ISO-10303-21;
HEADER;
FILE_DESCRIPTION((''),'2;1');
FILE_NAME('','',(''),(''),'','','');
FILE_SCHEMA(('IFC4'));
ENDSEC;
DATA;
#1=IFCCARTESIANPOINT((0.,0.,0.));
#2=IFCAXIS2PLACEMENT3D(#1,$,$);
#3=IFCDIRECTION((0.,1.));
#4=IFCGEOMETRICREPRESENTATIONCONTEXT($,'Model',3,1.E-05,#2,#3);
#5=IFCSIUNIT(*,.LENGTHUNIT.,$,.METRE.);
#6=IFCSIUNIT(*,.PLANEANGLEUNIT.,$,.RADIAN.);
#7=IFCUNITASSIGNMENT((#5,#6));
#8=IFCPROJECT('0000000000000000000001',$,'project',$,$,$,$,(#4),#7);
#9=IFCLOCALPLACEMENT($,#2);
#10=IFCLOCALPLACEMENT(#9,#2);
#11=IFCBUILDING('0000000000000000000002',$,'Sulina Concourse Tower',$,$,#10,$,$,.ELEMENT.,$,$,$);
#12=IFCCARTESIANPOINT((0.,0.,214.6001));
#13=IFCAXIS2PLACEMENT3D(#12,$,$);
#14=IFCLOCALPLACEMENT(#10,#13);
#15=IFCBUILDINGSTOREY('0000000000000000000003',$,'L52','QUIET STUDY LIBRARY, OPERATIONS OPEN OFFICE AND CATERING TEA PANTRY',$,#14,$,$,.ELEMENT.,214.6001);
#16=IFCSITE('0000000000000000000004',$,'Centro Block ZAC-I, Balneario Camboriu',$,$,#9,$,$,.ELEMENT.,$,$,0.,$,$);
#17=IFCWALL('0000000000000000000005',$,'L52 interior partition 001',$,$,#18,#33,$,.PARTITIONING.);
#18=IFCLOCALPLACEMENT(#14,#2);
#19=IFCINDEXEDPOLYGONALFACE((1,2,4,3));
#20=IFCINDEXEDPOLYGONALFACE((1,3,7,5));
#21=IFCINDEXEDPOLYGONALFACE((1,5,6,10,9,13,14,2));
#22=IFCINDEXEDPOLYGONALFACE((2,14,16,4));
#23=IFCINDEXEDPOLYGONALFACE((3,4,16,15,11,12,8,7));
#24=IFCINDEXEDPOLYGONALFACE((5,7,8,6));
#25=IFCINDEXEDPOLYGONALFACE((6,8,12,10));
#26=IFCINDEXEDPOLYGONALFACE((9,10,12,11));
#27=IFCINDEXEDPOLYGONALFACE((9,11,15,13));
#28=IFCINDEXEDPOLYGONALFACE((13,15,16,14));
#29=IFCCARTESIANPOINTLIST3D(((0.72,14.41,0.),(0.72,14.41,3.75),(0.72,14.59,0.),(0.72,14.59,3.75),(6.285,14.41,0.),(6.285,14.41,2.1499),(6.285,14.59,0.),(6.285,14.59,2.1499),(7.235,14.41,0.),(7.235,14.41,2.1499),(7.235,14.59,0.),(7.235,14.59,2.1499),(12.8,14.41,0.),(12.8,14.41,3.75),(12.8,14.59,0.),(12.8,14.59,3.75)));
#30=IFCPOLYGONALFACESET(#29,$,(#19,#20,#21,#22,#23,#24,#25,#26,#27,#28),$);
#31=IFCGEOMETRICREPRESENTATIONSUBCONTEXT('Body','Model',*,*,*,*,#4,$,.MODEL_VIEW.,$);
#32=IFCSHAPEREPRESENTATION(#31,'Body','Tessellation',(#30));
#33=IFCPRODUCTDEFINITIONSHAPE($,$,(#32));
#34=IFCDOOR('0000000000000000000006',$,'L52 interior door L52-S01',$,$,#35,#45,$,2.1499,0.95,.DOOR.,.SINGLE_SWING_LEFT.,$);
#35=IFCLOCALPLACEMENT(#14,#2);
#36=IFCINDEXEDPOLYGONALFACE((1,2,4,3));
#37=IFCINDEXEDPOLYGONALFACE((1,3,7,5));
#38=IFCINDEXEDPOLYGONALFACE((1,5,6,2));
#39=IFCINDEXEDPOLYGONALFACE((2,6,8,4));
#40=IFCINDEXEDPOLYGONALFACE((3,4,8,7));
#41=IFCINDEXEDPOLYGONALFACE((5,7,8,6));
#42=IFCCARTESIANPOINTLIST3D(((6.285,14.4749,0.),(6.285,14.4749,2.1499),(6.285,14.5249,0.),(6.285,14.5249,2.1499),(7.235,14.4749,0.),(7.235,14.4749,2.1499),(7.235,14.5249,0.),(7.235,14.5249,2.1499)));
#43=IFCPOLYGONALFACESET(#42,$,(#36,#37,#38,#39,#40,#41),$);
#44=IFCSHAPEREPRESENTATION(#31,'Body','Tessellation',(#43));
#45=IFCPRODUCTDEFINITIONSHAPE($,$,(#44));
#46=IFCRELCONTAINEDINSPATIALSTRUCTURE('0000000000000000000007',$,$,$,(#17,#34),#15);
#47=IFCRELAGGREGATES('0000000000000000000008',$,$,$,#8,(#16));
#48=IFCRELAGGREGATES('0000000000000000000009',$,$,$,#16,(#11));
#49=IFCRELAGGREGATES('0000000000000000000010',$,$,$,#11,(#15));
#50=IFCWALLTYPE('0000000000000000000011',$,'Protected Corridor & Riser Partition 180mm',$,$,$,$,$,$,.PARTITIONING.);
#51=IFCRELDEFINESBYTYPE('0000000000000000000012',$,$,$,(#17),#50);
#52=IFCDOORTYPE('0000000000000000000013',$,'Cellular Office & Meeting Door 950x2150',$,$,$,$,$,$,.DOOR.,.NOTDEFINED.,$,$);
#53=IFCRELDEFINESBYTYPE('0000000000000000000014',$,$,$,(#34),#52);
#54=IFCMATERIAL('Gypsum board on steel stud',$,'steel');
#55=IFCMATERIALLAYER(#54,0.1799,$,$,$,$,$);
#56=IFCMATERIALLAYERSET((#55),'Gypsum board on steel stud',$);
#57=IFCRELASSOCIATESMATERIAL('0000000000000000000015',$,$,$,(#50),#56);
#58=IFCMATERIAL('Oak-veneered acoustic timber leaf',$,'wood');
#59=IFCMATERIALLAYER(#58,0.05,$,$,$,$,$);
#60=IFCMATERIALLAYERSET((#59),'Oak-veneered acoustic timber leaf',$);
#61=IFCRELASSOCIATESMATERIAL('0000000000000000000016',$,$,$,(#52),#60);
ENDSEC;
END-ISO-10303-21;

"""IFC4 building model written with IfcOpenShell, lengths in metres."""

from ifc_helpers import new_model, si_unit, direction, frame, frame_2d, origin, place, context, subcontext, project, spatial, rectangle, extrude, material, layer, layer_set, type_object, element, fill, save


model = new_model("IFC4")

# Units and contexts
model_context = context("Model", 3, precision=1e-05, world=origin(), true_north=direction((0.0, 1.0)))
body_context = subcontext(model_context, "Body", "Model", "MODEL_VIEW")
ifc_project = project(units=[si_unit("LENGTHUNIT", "METRE"), si_unit("PLANEANGLEUNIT", "RADIAN")], contexts=[model_context])

# Site, building, storey
site_placement = place(None, origin())
site = spatial("IfcSite", under=ifc_project, at=site_placement, Name="Centro Block ZAC-I, Balneario Camboriu", CompositionType="ELEMENT", RefElevation=0.0)
building_placement = place(site_placement, origin())
building = spatial("IfcBuilding", under=site, at=building_placement, Name="Sulina Concourse Tower", CompositionType="ELEMENT")
storey_placement = place(building_placement, frame((0.0, 0.0, 214.6001)))
storey = spatial("IfcBuildingStorey", under=building, at=storey_placement, Name="L52", Description="QUIET STUDY LIBRARY, OPERATIONS OPEN OFFICE AND CATERING TEA PANTRY", CompositionType="ELEMENT", Elevation=214.6001)

# Wall, opening, door
ifc_material_1 = material(Name="Gypsum board on steel stud", Category="steel")
ifc_layer_1 = layer(ifc_material_1, 0.1799)
ifc_layer_set_1 = layer_set([ifc_layer_1], Name="Gypsum board on steel stud")
wall_type_1 = type_object("IfcWallType", Name="Protected Corridor & Riser Partition 180mm", PredefinedType="PARTITIONING", material=ifc_layer_set_1)
wall_1_placement = place(storey_placement, frame((0.72, 14.5, 0.0), z_axis=(0.0, 0.0, 1.0), x_axis=(1.0, 0.0, 0.0)))
wall_1 = element("IfcWall", 1, at=wall_1_placement, inside=storey, type_object=wall_type_1, Name="L52 interior partition 001", PredefinedType="PARTITIONING", context=body_context, shape_type="SweptSolid", body=[
    extrude(rectangle(XDim=12.0801, YDim=0.1799, at=frame_2d((6.04, 0.0))), origin(), (0.0, 0.0, 1.0), 3.75),
])
opening_1_placement = place(wall_1_placement, frame((5.5649, 0.0, 0.0)))
opening_1 = element("IfcOpeningElement", 2, at=opening_1_placement, cuts=wall_1, PredefinedType="OPENING", context=body_context, shape_type="SweptSolid", body=[
    extrude(rectangle(XDim=0.95, YDim=2.1499, at=frame_2d((0.4751, 1.075))), frame((0.0, 0.0999, 0.0), z_axis=(0.0, -1.0, 0.0), x_axis=(1.0, 0.0, 0.0)), (0.0, 0.0, 1.0), 0.2),
])
ifc_material_2 = material(Name="Oak-veneered acoustic timber leaf", Category="wood")
ifc_layer_2 = layer(ifc_material_2, 0.05)
ifc_layer_set_2 = layer_set([ifc_layer_2], Name="Oak-veneered acoustic timber leaf")
door_type = type_object("IfcDoorType", Name="Cellular Office & Meeting Door 950x2150", OperationType="NOTDEFINED", PredefinedType="DOOR", material=ifc_layer_set_2)
door_placement = place(opening_1_placement, origin())
door = element("IfcDoor", 3, at=door_placement, inside=storey, type_object=door_type, Name="L52 interior door L52-S01", OperationType="SINGLE_SWING_LEFT", OverallHeight=2.1499, OverallWidth=0.95, PredefinedType="DOOR", context=body_context, shape_type="SweptSolid", body=[
    extrude(rectangle(XDim=0.95, YDim=2.1499, at=frame_2d((0.4751, 1.075))), frame((0.0, 0.0249, 0.0), z_axis=(0.0, -1.0, 0.0), x_axis=(1.0, 0.0, 0.0)), (0.0, 0.0, 1.0), 0.05),
])
fill(opening_1, door)

save(model, "model.ifc")
